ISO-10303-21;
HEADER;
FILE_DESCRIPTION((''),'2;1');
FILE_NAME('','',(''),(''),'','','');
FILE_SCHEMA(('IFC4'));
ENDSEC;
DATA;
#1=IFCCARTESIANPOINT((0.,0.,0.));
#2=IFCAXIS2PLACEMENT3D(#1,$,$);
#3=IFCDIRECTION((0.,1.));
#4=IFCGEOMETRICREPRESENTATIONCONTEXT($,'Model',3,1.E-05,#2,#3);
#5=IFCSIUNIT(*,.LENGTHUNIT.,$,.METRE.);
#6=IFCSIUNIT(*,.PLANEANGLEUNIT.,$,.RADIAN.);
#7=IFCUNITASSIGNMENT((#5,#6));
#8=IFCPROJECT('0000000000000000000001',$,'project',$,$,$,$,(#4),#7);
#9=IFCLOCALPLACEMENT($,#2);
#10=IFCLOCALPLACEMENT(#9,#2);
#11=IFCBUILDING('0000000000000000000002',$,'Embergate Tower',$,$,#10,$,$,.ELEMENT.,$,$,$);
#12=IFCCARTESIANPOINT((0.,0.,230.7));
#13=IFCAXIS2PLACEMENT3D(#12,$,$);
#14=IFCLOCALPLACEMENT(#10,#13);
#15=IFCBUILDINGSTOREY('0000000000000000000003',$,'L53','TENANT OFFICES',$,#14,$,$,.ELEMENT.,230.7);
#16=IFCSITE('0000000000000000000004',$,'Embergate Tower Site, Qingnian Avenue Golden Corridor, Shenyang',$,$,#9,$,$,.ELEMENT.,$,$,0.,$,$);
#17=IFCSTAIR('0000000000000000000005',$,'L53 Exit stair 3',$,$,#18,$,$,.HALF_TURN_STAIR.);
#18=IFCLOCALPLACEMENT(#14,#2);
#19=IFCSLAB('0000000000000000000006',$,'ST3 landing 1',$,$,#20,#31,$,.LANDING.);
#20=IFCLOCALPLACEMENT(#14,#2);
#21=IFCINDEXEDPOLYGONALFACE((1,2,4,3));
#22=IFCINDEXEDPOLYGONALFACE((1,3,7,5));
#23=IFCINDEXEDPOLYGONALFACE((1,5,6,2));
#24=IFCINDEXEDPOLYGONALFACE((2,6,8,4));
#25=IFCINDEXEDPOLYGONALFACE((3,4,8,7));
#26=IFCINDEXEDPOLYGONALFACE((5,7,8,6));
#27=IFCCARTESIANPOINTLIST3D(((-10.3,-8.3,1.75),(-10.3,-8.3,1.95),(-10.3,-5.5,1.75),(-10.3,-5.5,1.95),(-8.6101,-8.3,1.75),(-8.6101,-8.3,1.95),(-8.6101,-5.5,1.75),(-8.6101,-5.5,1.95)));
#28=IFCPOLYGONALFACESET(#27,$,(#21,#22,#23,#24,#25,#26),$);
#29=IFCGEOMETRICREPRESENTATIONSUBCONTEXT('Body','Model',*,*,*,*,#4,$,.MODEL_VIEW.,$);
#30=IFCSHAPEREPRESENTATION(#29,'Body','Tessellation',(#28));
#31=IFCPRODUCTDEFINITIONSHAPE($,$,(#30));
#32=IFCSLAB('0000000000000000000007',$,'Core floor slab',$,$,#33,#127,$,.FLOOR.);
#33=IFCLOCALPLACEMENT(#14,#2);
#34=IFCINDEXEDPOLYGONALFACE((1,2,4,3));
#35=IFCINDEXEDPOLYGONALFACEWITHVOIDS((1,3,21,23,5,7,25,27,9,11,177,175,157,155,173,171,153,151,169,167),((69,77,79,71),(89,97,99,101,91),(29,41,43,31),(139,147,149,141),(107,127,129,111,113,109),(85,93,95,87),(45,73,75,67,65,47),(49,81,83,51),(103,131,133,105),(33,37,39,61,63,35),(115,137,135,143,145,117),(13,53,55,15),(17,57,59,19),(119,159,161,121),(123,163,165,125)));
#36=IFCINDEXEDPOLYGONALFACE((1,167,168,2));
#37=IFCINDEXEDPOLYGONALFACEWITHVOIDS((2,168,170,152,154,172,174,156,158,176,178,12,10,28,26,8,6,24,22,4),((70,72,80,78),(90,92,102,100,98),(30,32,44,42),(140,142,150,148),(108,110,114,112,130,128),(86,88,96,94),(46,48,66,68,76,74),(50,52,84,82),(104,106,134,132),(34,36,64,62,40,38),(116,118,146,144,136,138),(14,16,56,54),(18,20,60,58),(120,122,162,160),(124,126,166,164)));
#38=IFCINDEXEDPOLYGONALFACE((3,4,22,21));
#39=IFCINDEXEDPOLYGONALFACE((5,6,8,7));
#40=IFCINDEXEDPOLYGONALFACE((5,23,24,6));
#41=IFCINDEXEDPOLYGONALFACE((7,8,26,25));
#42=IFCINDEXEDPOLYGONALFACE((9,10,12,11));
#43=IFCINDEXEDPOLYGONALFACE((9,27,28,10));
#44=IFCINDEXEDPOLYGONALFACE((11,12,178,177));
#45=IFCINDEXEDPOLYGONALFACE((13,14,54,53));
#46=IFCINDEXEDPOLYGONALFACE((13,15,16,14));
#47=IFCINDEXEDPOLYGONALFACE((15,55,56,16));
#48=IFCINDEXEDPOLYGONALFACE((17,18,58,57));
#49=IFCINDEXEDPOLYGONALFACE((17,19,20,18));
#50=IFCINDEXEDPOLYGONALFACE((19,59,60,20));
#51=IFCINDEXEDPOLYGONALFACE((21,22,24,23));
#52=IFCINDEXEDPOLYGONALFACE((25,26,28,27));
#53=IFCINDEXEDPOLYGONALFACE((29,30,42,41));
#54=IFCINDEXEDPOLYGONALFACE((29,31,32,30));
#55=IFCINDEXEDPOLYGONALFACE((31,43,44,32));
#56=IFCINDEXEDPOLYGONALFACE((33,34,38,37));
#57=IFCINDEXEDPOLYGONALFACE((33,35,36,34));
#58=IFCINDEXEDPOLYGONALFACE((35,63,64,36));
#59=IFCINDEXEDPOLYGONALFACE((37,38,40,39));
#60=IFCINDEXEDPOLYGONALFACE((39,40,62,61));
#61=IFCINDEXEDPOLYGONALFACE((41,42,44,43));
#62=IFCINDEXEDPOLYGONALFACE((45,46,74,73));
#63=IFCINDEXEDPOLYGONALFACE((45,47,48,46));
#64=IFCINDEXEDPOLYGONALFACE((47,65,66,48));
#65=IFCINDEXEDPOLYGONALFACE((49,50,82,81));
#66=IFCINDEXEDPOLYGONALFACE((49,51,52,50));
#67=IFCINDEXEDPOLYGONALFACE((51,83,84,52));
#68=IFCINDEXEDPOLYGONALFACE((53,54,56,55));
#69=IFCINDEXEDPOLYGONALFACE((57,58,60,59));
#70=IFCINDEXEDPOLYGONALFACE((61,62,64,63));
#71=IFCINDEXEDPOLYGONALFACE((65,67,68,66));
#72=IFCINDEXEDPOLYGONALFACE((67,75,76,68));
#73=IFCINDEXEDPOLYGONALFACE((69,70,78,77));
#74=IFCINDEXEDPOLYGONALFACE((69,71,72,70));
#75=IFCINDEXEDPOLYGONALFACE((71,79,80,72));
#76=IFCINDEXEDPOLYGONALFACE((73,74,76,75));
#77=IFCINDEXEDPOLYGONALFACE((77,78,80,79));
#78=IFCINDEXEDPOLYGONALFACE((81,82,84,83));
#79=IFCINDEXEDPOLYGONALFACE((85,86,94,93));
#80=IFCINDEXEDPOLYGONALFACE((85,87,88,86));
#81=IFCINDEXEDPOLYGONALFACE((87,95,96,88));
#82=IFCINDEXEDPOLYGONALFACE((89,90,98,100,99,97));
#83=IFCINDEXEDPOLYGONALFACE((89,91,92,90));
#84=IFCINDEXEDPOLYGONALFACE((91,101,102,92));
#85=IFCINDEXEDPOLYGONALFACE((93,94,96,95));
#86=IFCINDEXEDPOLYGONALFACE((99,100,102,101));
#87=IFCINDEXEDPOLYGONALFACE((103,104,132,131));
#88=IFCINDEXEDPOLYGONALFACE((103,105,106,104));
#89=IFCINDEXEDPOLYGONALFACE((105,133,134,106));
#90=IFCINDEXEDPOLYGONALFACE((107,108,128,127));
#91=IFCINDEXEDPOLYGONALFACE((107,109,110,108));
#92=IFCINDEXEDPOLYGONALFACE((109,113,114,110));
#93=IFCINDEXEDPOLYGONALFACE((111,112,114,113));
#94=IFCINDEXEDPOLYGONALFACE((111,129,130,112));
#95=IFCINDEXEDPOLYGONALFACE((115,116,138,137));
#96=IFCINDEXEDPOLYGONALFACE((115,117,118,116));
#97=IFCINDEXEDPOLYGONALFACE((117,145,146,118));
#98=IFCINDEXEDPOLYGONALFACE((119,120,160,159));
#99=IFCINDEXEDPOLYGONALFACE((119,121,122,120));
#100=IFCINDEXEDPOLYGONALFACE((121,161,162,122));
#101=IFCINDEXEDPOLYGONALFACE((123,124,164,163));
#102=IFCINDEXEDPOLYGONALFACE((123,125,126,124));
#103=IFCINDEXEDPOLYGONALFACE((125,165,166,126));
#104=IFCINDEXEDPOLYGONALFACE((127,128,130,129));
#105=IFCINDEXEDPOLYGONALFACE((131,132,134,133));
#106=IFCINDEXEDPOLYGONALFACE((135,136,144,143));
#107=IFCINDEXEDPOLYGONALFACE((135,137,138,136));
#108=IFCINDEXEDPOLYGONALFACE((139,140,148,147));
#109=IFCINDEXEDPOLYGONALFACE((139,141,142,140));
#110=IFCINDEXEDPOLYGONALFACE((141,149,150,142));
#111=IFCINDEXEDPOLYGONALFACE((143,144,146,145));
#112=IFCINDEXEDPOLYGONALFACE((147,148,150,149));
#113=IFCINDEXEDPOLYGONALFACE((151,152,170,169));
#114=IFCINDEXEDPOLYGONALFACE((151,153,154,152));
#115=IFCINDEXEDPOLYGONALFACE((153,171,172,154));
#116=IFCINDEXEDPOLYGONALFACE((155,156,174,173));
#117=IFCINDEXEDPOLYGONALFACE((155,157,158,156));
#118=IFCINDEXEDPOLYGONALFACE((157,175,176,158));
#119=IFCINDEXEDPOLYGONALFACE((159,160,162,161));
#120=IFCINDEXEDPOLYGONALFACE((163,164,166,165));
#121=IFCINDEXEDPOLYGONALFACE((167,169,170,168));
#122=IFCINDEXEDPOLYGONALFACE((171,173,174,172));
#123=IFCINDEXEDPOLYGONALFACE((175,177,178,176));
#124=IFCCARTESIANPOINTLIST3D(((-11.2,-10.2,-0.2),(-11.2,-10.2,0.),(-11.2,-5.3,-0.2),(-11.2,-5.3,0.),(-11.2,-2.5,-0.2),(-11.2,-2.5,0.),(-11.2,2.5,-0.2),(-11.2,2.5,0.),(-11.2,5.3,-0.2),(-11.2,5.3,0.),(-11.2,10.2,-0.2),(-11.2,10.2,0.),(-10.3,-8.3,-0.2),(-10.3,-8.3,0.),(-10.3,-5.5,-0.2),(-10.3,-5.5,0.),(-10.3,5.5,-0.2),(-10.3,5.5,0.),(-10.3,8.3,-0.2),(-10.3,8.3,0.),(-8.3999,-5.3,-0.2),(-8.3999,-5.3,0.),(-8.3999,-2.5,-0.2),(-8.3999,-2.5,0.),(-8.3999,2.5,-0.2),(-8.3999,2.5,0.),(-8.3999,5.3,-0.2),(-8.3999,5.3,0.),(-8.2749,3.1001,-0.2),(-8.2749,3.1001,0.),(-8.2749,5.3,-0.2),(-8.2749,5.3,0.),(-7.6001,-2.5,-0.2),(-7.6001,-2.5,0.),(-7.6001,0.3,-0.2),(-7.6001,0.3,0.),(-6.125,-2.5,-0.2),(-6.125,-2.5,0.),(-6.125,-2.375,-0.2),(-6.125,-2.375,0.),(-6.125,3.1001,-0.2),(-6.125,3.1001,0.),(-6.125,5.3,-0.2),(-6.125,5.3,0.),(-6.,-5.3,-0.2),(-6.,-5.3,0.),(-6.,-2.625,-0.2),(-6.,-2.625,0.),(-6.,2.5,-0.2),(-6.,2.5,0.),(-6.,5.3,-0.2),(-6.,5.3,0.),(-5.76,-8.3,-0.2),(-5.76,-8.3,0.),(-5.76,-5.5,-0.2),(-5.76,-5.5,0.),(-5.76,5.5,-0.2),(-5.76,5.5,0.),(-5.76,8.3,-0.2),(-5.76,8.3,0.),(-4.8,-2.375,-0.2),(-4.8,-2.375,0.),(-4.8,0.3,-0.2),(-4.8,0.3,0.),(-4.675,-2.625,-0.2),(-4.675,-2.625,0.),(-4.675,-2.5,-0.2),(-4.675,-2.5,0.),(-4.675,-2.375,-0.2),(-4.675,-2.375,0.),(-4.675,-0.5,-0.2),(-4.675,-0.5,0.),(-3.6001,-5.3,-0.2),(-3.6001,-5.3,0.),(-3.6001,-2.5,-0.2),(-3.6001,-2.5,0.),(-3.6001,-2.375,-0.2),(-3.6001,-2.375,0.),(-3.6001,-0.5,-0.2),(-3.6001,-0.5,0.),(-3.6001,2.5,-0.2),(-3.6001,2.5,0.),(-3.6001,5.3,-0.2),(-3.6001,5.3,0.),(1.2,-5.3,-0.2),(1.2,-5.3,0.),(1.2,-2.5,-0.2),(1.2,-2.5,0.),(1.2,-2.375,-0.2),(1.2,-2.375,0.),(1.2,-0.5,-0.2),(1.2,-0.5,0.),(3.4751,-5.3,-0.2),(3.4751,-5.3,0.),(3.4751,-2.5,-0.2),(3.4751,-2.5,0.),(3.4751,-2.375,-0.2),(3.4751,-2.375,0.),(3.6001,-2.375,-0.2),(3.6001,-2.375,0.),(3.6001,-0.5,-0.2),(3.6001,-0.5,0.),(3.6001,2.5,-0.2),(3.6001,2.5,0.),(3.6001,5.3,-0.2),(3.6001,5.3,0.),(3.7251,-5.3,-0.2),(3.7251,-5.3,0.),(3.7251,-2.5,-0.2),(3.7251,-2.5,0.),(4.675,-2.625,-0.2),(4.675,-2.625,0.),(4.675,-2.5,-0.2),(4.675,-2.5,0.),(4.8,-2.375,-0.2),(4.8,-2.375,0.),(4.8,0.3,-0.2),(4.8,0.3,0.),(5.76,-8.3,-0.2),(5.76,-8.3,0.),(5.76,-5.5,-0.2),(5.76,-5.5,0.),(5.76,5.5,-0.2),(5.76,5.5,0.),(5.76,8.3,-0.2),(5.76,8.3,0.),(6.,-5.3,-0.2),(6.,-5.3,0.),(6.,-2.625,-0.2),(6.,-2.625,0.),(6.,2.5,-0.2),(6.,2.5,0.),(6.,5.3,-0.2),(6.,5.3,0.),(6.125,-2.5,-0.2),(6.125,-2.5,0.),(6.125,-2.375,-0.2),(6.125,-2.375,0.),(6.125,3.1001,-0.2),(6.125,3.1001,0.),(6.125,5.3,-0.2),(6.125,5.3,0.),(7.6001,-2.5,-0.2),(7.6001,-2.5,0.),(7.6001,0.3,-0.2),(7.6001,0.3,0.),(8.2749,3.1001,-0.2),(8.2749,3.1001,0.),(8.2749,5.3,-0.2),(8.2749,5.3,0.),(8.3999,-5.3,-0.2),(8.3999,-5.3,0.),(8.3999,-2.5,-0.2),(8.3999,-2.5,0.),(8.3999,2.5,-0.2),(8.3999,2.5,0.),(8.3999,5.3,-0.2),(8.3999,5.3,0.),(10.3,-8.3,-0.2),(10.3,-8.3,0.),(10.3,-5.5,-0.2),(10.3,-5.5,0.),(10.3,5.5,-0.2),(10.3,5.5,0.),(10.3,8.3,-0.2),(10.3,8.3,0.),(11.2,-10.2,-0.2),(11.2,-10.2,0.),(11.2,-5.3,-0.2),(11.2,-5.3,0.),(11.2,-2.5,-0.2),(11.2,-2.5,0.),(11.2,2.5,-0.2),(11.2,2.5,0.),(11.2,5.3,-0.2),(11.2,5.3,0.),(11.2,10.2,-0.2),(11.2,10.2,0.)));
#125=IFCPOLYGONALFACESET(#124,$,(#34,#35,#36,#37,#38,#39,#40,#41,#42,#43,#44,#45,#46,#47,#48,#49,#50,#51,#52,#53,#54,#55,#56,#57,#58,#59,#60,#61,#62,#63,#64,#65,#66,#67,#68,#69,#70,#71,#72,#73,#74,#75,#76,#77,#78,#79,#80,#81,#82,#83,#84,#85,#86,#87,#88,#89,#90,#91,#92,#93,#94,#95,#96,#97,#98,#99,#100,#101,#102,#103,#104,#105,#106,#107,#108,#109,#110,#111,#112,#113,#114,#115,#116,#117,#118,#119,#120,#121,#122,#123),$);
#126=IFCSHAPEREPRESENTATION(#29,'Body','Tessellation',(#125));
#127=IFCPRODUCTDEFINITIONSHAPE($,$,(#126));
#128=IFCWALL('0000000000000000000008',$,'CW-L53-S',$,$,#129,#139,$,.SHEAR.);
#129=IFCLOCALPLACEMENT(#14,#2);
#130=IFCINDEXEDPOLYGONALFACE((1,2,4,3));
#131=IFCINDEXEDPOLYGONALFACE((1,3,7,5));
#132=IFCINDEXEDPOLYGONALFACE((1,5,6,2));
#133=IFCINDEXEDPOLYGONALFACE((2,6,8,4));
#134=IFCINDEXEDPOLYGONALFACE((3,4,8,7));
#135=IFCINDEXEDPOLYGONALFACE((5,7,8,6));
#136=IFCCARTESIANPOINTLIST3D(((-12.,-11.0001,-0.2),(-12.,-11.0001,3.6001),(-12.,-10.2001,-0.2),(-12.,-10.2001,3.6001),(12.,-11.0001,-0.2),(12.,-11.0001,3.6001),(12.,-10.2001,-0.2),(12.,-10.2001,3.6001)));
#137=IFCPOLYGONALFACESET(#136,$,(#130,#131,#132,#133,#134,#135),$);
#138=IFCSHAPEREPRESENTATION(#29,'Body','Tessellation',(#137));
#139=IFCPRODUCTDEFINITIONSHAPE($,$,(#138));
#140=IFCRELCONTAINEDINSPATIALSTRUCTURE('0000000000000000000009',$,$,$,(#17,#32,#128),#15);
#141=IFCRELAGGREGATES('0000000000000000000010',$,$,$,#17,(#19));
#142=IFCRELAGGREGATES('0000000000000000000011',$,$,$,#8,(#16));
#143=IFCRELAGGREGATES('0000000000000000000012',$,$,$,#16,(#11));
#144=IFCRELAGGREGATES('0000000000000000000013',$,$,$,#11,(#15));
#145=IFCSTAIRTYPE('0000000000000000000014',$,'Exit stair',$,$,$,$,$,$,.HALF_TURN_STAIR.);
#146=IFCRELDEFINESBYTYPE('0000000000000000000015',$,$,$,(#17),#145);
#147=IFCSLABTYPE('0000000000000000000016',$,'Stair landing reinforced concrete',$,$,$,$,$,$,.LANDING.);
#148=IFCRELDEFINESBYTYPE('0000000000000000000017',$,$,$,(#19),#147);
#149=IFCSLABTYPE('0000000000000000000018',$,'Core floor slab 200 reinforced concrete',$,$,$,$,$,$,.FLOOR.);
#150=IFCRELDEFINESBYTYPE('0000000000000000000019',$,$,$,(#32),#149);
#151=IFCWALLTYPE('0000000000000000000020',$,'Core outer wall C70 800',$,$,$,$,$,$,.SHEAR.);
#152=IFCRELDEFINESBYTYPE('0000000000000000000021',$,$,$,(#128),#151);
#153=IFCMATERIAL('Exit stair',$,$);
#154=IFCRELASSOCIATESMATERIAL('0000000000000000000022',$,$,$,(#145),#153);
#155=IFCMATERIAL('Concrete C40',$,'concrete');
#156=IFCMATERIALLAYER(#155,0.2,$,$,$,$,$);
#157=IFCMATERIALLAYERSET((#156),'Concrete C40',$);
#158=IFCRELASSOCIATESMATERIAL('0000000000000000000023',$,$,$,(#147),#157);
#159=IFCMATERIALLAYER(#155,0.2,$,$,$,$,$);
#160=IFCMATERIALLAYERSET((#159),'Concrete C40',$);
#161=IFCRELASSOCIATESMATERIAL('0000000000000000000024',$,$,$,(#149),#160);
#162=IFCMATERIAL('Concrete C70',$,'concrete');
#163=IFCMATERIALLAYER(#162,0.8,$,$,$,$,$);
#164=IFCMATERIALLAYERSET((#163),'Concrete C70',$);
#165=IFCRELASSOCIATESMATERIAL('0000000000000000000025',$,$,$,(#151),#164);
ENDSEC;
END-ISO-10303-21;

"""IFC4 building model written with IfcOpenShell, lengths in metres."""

from ifc_helpers import new_model, si_unit, direction, frame, frame_2d, origin, place, context, subcontext, project, spatial, polyline, rectangle, outline, extrude, source, transform, mapped, material, layer, layer_set, type_object, element, aggregate, save


model = new_model("IFC4")

# Units and contexts
model_context = context("Model", 3, precision=1e-05, world=origin(), true_north=direction((0.0, 1.0)))
body_context = subcontext(model_context, "Body", "Model", "MODEL_VIEW")
ifc_project = project(units=[si_unit("LENGTHUNIT", "METRE"), si_unit("PLANEANGLEUNIT", "RADIAN")], contexts=[model_context])

# Site, building, storey
site_placement = place(None, origin())
site = spatial("IfcSite", under=ifc_project, at=site_placement, Name="Embergate Tower Site, Qingnian Avenue Golden Corridor, Shenyang", CompositionType="ELEMENT", RefElevation=0.0)
building_placement = place(site_placement, origin())
building = spatial("IfcBuilding", under=site, at=building_placement, Name="Embergate Tower", CompositionType="ELEMENT")
storey_placement = place(building_placement, frame((0.0, 0.0, 230.7)))
storey = spatial("IfcBuildingStorey", under=building, at=storey_placement, Name="L53", Description="TENANT OFFICES", CompositionType="ELEMENT", Elevation=230.7)

# Stair, slab
ifc_material_1 = material(Name="Exit stair")
stair_type = type_object("IfcStairType", Name="Exit stair", PredefinedType="HALF_TURN_STAIR", material=ifc_material_1)
stair_placement = place(storey_placement, origin())
stair = element("IfcStair", 1, at=stair_placement, inside=storey, type_object=stair_type, Name="L53 Exit stair 3", PredefinedType="HALF_TURN_STAIR")
ifc_material_2 = material(Name="Concrete C40", Category="concrete")
ifc_layer_1 = layer(ifc_material_2, 0.2)
ifc_layer_set_1 = layer_set([ifc_layer_1], Name="Concrete C40")
slab_type_1 = type_object("IfcSlabType", Name="Stair landing reinforced concrete", PredefinedType="LANDING", material=ifc_layer_set_1)
shared_shape_1 = source(origin(), body_context, "Body", "SweptSolid", [
    extrude(outline(polyline([(0.0, 0.0), (1.6899, 0.0), (1.6899, 2.8), (0.0, 2.8), (0.0, 0.0)])), origin(), (0.0, 0.0, 1.0), 0.2),
])
slab_1_placement = place(storey_placement, frame((-10.3, -8.3, 1.75)))
slab_1 = element("IfcSlab", 2, at=slab_1_placement, type_object=slab_type_1, Name="ST3 landing 1", PredefinedType="LANDING", context=body_context, shape_type="MappedRepresentation", body=[
    mapped(shared_shape_1, transform((0.0, 0.0, 0.0))),
])

# Slab
ifc_layer_2 = layer(ifc_material_2, 0.2)
ifc_layer_set_2 = layer_set([ifc_layer_2], Name="Concrete C40")
slab_type_2 = type_object("IfcSlabType", Name="Core floor slab 200 reinforced concrete", PredefinedType="FLOOR", material=ifc_layer_set_2)
shared_shape_2 = source(origin(), body_context, "Body", "SweptSolid", [
    extrude(outline(polyline([(0.0, 0.0), (22.3999, 0.0), (22.3999, 4.8999), (19.5999, 4.8999), (19.5999, 7.7), (22.3999, 7.7), (22.3999, 12.7), (19.5999, 12.7), (19.5999, 15.5), (22.3999, 15.5), (22.3999, 20.3999), (0.0, 20.3999), (0.0, 15.5), (2.8, 15.5), (2.8, 12.7), (0.0, 12.7), (0.0, 7.7), (2.8, 7.7), (2.8, 4.8999), (0.0, 4.8999), (0.0, 0.0)]), holes=[polyline([(0.8999, 1.8999), (0.8999, 4.7), (5.4399, 4.7), (5.4399, 1.8999), (0.8999, 1.8999)]), polyline([(16.96, 1.8999), (16.96, 4.7), (21.5, 4.7), (21.5, 1.8999), (16.96, 1.8999)]), polyline([(5.2, 4.8999), (5.2, 7.575), (6.5249, 7.575), (6.5249, 7.7), (7.5999, 7.7), (7.5999, 4.8999), (5.2, 4.8999)]), polyline([(12.3999, 4.8999), (12.3999, 7.7), (14.675, 7.7), (14.675, 4.8999), (12.3999, 4.8999)]), polyline([(14.925, 4.8999), (14.925, 7.7), (15.875, 7.7), (15.875, 7.575), (17.2, 7.575), (17.2, 4.8999), (14.925, 4.8999)]), polyline([(3.5999, 7.7), (3.5999, 10.5), (6.3999, 10.5), (6.3999, 7.825), (5.075, 7.825), (5.075, 7.7), (3.5999, 7.7)]), polyline([(17.325, 7.7), (17.325, 7.825), (16.0, 7.825), (16.0, 10.5), (18.8, 10.5), (18.8, 7.7), (17.325, 7.7)]), polyline([(6.5249, 7.825), (6.5249, 9.7), (7.5999, 9.7), (7.5999, 7.825), (6.5249, 7.825)]), polyline([(12.3999, 7.825), (12.3999, 9.7), (14.8, 9.7), (14.8, 7.825), (14.675, 7.825), (12.3999, 7.825)]), polyline([(5.2, 12.7), (5.2, 15.5), (7.5999, 15.5), (7.5999, 12.7), (5.2, 12.7)]), polyline([(14.8, 12.7), (14.8, 15.5), (17.2, 15.5), (17.2, 12.7), (14.8, 12.7)]), polyline([(2.925, 13.3), (2.925, 15.5), (5.075, 15.5), (5.075, 13.3), (2.925, 13.3)]), polyline([(17.325, 13.3), (17.325, 15.5), (19.4749, 15.5), (19.4749, 13.3), (17.325, 13.3)]), polyline([(0.8999, 15.7), (0.8999, 18.5), (5.4399, 18.5), (5.4399, 15.7), (0.8999, 15.7)]), polyline([(16.96, 15.7), (16.96, 18.5), (21.5, 18.5), (21.5, 15.7), (16.96, 15.7)])]), origin(), (0.0, 0.0, 1.0), 0.2),
])
slab_2_placement = place(storey_placement, frame((-11.2, -10.2, -0.2)))
element("IfcSlab", 3, at=slab_2_placement, inside=storey, type_object=slab_type_2, Name="Core floor slab", PredefinedType="FLOOR", context=body_context, shape_type="MappedRepresentation", body=[
    mapped(shared_shape_2, transform((0.0, 0.0, 0.0))),
])

# Wall
ifc_material_3 = material(Name="Concrete C70", Category="concrete")
ifc_layer_3 = layer(ifc_material_3, 0.8)
ifc_layer_set_3 = layer_set([ifc_layer_3], Name="Concrete C70")
wall_type_1 = type_object("IfcWallType", Name="Core outer wall C70 800", PredefinedType="SHEAR", material=ifc_layer_set_3)
shared_shape_3 = source(origin(), body_context, "Body", "SweptSolid", [
    extrude(rectangle(XDim=24.0, YDim=0.8, at=frame_2d((12.0, 0.0))), origin(), (0.0, 0.0, 1.0), 3.8),
])
wall_1_placement = place(storey_placement, frame((-12.0, -10.6001, -0.2), z_axis=(0.0, 0.0, 1.0), x_axis=(1.0, 0.0, 0.0)))
element("IfcWall", 4, at=wall_1_placement, inside=storey, type_object=wall_type_1, Name="CW-L53-S", PredefinedType="SHEAR", context=body_context, shape_type="MappedRepresentation", body=[
    mapped(shared_shape_3, transform((0.0, 0.0, 0.0))),
])

aggregate(stair, [slab_1])

save(model, "model.ifc")
